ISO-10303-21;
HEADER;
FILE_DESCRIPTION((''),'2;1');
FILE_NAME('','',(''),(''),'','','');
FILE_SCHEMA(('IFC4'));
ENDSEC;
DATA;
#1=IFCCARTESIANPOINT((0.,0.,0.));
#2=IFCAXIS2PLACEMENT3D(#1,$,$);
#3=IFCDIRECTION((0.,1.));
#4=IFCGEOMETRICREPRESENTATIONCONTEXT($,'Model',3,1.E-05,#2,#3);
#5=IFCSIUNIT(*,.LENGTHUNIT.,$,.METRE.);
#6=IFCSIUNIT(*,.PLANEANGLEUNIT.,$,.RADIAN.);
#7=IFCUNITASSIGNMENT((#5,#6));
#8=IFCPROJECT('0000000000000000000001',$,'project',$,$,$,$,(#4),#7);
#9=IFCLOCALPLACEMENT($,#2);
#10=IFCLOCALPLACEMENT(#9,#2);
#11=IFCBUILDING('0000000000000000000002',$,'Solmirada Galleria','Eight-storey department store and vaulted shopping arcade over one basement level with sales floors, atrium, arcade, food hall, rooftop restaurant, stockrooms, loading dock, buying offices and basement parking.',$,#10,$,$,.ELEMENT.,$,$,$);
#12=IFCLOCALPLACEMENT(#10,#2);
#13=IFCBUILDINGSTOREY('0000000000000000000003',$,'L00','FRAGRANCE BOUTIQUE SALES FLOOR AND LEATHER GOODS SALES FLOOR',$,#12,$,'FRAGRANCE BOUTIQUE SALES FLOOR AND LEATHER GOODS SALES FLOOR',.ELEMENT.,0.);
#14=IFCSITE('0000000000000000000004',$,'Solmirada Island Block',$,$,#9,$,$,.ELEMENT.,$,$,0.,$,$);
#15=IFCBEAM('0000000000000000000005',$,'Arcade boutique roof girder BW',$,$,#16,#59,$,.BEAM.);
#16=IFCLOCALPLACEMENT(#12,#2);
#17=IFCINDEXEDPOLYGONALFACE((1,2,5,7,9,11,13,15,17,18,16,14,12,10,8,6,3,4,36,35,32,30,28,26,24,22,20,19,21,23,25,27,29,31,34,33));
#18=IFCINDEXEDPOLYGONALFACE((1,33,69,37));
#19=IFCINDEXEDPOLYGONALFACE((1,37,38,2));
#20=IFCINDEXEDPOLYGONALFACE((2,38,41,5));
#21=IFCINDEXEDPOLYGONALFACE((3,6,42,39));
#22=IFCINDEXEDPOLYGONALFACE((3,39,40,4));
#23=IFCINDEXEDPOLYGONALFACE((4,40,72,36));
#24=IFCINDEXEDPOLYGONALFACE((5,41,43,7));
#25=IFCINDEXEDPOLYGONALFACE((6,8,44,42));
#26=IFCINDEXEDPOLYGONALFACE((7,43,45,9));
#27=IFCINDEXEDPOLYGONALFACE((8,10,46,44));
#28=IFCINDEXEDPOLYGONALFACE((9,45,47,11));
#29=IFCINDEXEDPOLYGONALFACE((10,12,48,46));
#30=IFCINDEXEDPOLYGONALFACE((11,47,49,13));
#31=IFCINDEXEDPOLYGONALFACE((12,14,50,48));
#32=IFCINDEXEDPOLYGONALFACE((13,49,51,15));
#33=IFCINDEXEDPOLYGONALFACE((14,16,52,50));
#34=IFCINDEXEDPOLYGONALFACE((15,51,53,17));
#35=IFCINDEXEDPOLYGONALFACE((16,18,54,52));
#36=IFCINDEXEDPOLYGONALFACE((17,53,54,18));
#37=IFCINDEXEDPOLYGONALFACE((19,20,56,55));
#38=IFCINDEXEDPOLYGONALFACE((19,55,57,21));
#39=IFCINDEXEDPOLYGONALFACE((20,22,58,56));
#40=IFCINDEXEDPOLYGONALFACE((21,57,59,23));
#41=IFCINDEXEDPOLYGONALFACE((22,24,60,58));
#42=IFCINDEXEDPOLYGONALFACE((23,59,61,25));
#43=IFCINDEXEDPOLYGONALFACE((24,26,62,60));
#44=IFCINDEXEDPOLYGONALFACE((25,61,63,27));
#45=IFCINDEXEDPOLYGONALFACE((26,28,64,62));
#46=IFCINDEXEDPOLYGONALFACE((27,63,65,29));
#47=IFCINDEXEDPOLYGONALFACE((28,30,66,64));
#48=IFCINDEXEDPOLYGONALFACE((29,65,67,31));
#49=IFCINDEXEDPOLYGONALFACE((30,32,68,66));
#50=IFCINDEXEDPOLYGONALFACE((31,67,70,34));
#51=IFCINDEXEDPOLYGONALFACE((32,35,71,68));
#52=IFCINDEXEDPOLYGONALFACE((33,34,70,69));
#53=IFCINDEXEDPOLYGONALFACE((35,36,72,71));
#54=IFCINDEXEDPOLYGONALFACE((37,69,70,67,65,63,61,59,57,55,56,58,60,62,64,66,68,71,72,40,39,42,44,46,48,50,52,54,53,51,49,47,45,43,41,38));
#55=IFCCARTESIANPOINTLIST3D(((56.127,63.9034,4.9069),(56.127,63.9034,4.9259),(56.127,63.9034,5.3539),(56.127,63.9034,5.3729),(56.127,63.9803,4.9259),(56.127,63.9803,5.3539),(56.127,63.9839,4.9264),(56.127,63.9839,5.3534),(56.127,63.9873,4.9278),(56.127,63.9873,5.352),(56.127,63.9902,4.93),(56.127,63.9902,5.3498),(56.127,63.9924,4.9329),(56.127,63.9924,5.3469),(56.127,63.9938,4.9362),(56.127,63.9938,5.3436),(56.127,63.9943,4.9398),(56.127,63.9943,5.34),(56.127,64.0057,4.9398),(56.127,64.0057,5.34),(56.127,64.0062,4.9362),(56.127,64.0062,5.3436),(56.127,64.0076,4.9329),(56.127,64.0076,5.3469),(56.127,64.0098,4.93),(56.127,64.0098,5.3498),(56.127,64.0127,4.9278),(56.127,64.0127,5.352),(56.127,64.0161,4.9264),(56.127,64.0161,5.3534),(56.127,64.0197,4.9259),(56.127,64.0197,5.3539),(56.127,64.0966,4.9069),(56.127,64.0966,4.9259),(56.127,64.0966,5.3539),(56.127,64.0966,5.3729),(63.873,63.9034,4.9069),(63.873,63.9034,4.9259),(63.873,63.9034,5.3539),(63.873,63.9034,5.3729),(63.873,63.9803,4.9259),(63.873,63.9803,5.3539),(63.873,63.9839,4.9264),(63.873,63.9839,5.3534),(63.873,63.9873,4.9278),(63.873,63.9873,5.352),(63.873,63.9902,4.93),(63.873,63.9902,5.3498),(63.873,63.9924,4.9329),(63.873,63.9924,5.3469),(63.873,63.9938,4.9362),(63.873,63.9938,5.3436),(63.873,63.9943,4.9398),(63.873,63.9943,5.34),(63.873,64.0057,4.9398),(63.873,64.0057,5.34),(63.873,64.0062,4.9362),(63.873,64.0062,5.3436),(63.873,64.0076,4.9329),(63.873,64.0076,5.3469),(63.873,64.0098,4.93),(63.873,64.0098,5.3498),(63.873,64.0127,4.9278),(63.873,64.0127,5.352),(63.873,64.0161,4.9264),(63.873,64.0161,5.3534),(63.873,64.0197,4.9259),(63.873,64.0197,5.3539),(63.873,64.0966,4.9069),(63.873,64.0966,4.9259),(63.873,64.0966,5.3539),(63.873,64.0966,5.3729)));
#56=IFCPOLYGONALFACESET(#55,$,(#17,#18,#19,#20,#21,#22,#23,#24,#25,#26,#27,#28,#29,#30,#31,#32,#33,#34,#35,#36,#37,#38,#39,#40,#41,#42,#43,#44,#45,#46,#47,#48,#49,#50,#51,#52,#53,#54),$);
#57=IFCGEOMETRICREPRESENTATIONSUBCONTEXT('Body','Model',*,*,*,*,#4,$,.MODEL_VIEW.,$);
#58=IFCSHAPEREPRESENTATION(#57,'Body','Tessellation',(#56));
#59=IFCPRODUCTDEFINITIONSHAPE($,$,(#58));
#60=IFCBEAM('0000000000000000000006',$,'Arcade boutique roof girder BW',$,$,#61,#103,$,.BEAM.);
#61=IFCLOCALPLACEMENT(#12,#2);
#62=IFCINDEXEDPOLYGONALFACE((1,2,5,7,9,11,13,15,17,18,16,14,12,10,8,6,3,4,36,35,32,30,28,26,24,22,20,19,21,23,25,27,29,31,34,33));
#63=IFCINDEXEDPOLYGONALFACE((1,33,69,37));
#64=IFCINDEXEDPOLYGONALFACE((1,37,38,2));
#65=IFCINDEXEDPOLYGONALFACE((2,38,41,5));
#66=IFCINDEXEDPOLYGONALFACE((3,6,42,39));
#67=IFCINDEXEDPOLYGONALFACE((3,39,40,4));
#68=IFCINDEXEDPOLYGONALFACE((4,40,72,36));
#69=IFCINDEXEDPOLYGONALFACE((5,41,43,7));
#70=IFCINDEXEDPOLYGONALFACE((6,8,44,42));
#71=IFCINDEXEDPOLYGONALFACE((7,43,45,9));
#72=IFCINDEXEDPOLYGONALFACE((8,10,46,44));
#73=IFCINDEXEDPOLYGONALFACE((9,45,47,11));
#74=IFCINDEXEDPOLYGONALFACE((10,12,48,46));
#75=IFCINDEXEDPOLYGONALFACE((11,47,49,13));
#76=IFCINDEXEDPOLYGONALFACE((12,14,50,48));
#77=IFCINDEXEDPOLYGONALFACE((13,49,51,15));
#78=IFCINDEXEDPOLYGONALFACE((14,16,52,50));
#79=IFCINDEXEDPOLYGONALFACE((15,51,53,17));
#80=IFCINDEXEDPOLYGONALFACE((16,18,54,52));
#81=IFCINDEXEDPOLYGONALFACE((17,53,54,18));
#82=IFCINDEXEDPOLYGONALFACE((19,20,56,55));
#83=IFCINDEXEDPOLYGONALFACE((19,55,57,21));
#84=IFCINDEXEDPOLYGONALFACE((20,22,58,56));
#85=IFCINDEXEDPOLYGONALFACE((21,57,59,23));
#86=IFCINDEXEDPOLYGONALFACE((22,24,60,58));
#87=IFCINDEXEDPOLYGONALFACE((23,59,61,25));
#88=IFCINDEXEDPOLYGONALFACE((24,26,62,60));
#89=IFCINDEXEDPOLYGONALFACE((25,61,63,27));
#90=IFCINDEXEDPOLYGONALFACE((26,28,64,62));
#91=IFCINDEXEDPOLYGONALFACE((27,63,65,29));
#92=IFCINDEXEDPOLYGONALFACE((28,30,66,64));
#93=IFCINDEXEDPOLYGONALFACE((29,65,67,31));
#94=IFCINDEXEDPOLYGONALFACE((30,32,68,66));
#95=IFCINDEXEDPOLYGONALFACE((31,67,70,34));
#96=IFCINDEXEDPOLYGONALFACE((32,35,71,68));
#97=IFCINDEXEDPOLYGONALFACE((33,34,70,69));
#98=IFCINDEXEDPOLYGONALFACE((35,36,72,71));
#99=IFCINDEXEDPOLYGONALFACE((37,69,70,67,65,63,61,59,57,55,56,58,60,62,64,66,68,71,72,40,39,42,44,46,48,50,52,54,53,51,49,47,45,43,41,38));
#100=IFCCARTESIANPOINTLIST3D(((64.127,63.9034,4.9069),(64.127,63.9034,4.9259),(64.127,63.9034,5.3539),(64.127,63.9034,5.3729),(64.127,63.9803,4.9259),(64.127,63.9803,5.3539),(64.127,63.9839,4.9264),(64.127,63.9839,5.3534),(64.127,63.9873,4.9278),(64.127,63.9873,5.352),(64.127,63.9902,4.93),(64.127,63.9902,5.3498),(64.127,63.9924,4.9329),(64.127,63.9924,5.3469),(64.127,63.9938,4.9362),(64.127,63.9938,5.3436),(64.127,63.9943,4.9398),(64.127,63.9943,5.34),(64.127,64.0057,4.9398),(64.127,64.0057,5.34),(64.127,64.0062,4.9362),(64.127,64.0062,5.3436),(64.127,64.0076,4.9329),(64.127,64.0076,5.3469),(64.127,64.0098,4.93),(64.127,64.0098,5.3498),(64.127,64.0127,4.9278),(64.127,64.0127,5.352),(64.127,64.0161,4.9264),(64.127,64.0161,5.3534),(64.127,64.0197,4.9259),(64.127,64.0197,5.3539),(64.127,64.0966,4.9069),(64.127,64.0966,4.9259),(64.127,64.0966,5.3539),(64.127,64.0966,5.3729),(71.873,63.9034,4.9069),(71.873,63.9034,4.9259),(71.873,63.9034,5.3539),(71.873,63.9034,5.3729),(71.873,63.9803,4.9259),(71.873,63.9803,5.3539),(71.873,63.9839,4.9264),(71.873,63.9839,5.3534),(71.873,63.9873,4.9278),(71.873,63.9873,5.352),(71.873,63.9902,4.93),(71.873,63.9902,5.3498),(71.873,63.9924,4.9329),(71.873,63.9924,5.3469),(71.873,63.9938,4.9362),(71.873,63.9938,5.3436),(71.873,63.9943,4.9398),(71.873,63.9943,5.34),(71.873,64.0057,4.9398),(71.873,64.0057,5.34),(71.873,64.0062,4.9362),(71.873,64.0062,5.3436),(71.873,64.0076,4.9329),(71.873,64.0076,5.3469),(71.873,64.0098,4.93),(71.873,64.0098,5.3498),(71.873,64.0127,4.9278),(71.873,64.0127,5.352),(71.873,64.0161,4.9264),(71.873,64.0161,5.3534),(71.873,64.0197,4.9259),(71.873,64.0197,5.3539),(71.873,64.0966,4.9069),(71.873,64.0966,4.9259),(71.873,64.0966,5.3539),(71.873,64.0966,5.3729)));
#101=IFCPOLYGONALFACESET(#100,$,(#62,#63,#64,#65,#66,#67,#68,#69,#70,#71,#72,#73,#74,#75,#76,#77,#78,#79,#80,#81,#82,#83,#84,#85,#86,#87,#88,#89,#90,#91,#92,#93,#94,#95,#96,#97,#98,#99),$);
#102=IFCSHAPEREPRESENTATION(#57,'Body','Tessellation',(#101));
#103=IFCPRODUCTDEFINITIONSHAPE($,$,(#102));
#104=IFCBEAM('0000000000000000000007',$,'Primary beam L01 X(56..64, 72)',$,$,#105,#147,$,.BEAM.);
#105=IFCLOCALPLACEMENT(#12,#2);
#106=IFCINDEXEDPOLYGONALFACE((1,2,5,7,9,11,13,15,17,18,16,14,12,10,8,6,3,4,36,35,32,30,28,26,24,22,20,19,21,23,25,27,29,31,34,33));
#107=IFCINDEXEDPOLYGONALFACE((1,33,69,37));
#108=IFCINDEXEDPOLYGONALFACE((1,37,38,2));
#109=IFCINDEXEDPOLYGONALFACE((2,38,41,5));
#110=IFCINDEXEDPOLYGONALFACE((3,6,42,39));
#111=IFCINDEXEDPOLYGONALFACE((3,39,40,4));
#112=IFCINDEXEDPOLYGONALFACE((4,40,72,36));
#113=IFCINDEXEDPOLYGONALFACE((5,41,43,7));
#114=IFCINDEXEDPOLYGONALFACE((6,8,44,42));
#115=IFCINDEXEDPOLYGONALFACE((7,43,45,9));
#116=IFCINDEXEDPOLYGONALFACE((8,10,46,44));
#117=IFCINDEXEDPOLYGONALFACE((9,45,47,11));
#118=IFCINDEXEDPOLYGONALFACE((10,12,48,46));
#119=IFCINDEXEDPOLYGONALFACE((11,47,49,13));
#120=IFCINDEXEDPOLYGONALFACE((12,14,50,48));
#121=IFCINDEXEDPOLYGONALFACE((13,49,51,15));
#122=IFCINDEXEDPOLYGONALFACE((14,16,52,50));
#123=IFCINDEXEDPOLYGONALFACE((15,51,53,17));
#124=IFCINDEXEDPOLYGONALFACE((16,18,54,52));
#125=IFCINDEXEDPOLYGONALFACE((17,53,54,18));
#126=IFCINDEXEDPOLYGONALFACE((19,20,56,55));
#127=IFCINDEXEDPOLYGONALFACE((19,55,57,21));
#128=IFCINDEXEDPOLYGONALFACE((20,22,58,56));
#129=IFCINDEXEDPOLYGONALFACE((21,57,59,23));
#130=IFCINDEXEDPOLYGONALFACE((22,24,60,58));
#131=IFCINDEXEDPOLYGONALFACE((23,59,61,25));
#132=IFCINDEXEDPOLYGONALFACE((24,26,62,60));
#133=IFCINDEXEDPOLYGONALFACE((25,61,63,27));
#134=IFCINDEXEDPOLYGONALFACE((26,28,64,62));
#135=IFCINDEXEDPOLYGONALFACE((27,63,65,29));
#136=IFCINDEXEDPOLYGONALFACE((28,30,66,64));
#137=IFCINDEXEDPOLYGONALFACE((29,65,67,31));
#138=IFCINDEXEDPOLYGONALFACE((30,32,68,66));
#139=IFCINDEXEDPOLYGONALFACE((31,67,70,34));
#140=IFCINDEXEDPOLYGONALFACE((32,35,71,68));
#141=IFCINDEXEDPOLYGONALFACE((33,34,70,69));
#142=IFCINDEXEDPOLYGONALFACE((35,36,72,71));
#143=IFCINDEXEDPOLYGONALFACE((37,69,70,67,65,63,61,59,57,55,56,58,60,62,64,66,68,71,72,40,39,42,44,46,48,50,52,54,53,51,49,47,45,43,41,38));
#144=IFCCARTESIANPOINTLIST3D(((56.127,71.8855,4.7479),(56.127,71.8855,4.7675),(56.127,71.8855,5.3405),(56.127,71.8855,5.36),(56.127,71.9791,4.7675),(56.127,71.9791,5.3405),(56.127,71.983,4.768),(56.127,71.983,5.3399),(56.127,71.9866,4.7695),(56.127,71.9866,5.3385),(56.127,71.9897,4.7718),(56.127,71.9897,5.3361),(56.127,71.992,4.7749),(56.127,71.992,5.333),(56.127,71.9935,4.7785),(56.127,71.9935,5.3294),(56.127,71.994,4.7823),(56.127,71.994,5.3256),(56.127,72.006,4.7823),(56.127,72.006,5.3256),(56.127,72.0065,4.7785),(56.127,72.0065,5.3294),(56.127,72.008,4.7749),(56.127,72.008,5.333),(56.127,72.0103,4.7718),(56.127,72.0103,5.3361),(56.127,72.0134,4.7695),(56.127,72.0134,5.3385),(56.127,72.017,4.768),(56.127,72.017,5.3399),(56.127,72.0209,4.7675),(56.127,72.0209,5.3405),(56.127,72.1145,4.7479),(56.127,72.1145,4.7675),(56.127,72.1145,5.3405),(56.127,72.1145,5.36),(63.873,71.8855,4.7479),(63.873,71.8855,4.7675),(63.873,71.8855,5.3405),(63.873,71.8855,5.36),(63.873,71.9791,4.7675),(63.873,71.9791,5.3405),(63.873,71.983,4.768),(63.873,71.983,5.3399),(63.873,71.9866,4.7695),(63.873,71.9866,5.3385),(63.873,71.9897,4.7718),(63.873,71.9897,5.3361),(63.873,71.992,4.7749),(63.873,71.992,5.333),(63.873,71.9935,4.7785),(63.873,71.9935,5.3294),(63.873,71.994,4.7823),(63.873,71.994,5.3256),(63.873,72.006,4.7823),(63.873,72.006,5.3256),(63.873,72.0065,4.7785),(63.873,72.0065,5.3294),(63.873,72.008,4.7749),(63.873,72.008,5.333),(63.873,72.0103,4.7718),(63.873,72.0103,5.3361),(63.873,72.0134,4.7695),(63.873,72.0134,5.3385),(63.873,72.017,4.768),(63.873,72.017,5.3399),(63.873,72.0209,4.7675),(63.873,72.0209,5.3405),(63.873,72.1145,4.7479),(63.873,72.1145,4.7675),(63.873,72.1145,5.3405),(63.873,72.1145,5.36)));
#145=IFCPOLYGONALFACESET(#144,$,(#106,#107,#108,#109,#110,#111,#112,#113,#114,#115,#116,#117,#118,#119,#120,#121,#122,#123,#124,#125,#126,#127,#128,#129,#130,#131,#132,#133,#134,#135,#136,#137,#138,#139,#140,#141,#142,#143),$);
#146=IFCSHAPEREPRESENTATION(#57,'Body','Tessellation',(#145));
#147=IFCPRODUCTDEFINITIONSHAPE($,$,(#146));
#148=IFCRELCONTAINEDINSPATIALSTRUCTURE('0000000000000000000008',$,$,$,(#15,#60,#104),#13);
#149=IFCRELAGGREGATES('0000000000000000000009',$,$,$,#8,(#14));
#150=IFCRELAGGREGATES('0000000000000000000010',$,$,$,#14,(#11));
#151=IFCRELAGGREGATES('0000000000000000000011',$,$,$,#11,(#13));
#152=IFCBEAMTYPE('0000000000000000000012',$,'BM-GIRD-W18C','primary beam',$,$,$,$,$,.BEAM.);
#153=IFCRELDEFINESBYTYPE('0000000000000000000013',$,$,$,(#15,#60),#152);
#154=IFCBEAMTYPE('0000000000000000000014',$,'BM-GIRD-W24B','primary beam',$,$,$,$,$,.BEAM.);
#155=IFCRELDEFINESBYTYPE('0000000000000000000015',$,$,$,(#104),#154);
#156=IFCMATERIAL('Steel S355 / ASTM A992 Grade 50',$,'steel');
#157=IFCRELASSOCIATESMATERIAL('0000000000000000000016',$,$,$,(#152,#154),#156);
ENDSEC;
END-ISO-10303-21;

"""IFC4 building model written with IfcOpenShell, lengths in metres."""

from ifc_helpers import new_model, si_unit, direction, frame, origin, origin_2d, place, context, subcontext, project, spatial, i_section, extrude, material, material_profile, profile_set, type_object, element, save


model = new_model("IFC4")

# Units and contexts
model_context = context("Model", 3, precision=1e-05, world=origin(), true_north=direction((0.0, 1.0)))
body_context = subcontext(model_context, "Body", "Model", "MODEL_VIEW")
ifc_project = project(units=[si_unit("LENGTHUNIT", "METRE"), si_unit("PLANEANGLEUNIT", "RADIAN")], contexts=[model_context])

# Site, building, storey
site_placement = place(None, origin())
site = spatial("IfcSite", under=ifc_project, at=site_placement, Name="Solmirada Island Block", CompositionType="ELEMENT", RefElevation=0.0)
building_placement = place(site_placement, origin())
building = spatial("IfcBuilding", under=site, at=building_placement, Name="Solmirada Galleria", Description="Eight-storey department store and vaulted shopping arcade over one basement level with sales floors, atrium, arcade, food hall, rooftop restaurant, stockrooms, loading dock, buying offices and basement parking.", CompositionType="ELEMENT")
storey_placement = place(building_placement, origin())
storey = spatial("IfcBuildingStorey", under=building, at=storey_placement, Name="L00", Description="FRAGRANCE BOUTIQUE SALES FLOOR AND LEATHER GOODS SALES FLOOR", LongName="FRAGRANCE BOUTIQUE SALES FLOOR AND LEATHER GOODS SALES FLOOR", CompositionType="ELEMENT", Elevation=0.0)

# Beams
ifc_material_1 = material(Name="Steel S355 / ASTM A992 Grade 50", Category="steel")
ifc_material_profile_1 = material_profile(ifc_material_1, i_section(OverallWidth=0.1931, OverallDepth=0.4661, WebThickness=0.0115, FlangeThickness=0.019, FilletRadius=0.0139, at=origin_2d()), Name="W18X65")
ifc_profile_set_1 = profile_set([ifc_material_profile_1], Name="Steel S355 / ASTM A992 Grade 50")
beam_type_1 = type_object("IfcBeamType", Name="BM-GIRD-W18C", Description="primary beam", PredefinedType="BEAM", material=ifc_profile_set_1)
for number, where, z_axis, x_axis, name in (
    (1, (56.127, 64.0, 5.1399), (1.0, 0.0, 0.0), (0.0, 1.0, 0.0), "Arcade boutique roof girder BW"),
    (2, (64.127, 64.0, 5.1399), (1.0, 0.0, 0.0), (0.0, 1.0, 0.0), "Arcade boutique roof girder BW"),
):
    element("IfcBeam", number, at=place(storey_placement, frame(where, z_axis=z_axis, x_axis=x_axis)), inside=storey, type_object=beam_type_1, Name=name, PredefinedType="BEAM", context=body_context, shape_type="SweptSolid", body=[
        extrude(i_section(OverallWidth=0.1931, OverallDepth=0.4661, WebThickness=0.0115, FlangeThickness=0.019, FilletRadius=0.0139, at=origin_2d()), origin(), (0.0, 0.0, 1.0), 7.7461),
    ])
ifc_material_profile_2 = material_profile(ifc_material_1, i_section(OverallWidth=0.229, OverallDepth=0.6121, WebThickness=0.012, FlangeThickness=0.0195, FilletRadius=0.0149, at=origin_2d()), Name="W24X84")
ifc_profile_set_2 = profile_set([ifc_material_profile_2], Name="Steel S355 / ASTM A992 Grade 50")
beam_type_2 = type_object("IfcBeamType", Name="BM-GIRD-W24B", Description="primary beam", PredefinedType="BEAM", material=ifc_profile_set_2)
beam_placement = place(storey_placement, frame((56.127, 72.0, 5.054), z_axis=(1.0, 0.0, 0.0), x_axis=(0.0, 1.0, 0.0)))
element("IfcBeam", 3, at=beam_placement, inside=storey, type_object=beam_type_2, Name="Primary beam L01 X(56..64, 72)", PredefinedType="BEAM", context=body_context, shape_type="SweptSolid", body=[
    extrude(i_section(OverallWidth=0.229, OverallDepth=0.6121, WebThickness=0.012, FlangeThickness=0.0195, FilletRadius=0.0149, at=origin_2d()), origin(), (0.0, 0.0, 1.0), 7.7461),
])

save(model, "model.ifc")
